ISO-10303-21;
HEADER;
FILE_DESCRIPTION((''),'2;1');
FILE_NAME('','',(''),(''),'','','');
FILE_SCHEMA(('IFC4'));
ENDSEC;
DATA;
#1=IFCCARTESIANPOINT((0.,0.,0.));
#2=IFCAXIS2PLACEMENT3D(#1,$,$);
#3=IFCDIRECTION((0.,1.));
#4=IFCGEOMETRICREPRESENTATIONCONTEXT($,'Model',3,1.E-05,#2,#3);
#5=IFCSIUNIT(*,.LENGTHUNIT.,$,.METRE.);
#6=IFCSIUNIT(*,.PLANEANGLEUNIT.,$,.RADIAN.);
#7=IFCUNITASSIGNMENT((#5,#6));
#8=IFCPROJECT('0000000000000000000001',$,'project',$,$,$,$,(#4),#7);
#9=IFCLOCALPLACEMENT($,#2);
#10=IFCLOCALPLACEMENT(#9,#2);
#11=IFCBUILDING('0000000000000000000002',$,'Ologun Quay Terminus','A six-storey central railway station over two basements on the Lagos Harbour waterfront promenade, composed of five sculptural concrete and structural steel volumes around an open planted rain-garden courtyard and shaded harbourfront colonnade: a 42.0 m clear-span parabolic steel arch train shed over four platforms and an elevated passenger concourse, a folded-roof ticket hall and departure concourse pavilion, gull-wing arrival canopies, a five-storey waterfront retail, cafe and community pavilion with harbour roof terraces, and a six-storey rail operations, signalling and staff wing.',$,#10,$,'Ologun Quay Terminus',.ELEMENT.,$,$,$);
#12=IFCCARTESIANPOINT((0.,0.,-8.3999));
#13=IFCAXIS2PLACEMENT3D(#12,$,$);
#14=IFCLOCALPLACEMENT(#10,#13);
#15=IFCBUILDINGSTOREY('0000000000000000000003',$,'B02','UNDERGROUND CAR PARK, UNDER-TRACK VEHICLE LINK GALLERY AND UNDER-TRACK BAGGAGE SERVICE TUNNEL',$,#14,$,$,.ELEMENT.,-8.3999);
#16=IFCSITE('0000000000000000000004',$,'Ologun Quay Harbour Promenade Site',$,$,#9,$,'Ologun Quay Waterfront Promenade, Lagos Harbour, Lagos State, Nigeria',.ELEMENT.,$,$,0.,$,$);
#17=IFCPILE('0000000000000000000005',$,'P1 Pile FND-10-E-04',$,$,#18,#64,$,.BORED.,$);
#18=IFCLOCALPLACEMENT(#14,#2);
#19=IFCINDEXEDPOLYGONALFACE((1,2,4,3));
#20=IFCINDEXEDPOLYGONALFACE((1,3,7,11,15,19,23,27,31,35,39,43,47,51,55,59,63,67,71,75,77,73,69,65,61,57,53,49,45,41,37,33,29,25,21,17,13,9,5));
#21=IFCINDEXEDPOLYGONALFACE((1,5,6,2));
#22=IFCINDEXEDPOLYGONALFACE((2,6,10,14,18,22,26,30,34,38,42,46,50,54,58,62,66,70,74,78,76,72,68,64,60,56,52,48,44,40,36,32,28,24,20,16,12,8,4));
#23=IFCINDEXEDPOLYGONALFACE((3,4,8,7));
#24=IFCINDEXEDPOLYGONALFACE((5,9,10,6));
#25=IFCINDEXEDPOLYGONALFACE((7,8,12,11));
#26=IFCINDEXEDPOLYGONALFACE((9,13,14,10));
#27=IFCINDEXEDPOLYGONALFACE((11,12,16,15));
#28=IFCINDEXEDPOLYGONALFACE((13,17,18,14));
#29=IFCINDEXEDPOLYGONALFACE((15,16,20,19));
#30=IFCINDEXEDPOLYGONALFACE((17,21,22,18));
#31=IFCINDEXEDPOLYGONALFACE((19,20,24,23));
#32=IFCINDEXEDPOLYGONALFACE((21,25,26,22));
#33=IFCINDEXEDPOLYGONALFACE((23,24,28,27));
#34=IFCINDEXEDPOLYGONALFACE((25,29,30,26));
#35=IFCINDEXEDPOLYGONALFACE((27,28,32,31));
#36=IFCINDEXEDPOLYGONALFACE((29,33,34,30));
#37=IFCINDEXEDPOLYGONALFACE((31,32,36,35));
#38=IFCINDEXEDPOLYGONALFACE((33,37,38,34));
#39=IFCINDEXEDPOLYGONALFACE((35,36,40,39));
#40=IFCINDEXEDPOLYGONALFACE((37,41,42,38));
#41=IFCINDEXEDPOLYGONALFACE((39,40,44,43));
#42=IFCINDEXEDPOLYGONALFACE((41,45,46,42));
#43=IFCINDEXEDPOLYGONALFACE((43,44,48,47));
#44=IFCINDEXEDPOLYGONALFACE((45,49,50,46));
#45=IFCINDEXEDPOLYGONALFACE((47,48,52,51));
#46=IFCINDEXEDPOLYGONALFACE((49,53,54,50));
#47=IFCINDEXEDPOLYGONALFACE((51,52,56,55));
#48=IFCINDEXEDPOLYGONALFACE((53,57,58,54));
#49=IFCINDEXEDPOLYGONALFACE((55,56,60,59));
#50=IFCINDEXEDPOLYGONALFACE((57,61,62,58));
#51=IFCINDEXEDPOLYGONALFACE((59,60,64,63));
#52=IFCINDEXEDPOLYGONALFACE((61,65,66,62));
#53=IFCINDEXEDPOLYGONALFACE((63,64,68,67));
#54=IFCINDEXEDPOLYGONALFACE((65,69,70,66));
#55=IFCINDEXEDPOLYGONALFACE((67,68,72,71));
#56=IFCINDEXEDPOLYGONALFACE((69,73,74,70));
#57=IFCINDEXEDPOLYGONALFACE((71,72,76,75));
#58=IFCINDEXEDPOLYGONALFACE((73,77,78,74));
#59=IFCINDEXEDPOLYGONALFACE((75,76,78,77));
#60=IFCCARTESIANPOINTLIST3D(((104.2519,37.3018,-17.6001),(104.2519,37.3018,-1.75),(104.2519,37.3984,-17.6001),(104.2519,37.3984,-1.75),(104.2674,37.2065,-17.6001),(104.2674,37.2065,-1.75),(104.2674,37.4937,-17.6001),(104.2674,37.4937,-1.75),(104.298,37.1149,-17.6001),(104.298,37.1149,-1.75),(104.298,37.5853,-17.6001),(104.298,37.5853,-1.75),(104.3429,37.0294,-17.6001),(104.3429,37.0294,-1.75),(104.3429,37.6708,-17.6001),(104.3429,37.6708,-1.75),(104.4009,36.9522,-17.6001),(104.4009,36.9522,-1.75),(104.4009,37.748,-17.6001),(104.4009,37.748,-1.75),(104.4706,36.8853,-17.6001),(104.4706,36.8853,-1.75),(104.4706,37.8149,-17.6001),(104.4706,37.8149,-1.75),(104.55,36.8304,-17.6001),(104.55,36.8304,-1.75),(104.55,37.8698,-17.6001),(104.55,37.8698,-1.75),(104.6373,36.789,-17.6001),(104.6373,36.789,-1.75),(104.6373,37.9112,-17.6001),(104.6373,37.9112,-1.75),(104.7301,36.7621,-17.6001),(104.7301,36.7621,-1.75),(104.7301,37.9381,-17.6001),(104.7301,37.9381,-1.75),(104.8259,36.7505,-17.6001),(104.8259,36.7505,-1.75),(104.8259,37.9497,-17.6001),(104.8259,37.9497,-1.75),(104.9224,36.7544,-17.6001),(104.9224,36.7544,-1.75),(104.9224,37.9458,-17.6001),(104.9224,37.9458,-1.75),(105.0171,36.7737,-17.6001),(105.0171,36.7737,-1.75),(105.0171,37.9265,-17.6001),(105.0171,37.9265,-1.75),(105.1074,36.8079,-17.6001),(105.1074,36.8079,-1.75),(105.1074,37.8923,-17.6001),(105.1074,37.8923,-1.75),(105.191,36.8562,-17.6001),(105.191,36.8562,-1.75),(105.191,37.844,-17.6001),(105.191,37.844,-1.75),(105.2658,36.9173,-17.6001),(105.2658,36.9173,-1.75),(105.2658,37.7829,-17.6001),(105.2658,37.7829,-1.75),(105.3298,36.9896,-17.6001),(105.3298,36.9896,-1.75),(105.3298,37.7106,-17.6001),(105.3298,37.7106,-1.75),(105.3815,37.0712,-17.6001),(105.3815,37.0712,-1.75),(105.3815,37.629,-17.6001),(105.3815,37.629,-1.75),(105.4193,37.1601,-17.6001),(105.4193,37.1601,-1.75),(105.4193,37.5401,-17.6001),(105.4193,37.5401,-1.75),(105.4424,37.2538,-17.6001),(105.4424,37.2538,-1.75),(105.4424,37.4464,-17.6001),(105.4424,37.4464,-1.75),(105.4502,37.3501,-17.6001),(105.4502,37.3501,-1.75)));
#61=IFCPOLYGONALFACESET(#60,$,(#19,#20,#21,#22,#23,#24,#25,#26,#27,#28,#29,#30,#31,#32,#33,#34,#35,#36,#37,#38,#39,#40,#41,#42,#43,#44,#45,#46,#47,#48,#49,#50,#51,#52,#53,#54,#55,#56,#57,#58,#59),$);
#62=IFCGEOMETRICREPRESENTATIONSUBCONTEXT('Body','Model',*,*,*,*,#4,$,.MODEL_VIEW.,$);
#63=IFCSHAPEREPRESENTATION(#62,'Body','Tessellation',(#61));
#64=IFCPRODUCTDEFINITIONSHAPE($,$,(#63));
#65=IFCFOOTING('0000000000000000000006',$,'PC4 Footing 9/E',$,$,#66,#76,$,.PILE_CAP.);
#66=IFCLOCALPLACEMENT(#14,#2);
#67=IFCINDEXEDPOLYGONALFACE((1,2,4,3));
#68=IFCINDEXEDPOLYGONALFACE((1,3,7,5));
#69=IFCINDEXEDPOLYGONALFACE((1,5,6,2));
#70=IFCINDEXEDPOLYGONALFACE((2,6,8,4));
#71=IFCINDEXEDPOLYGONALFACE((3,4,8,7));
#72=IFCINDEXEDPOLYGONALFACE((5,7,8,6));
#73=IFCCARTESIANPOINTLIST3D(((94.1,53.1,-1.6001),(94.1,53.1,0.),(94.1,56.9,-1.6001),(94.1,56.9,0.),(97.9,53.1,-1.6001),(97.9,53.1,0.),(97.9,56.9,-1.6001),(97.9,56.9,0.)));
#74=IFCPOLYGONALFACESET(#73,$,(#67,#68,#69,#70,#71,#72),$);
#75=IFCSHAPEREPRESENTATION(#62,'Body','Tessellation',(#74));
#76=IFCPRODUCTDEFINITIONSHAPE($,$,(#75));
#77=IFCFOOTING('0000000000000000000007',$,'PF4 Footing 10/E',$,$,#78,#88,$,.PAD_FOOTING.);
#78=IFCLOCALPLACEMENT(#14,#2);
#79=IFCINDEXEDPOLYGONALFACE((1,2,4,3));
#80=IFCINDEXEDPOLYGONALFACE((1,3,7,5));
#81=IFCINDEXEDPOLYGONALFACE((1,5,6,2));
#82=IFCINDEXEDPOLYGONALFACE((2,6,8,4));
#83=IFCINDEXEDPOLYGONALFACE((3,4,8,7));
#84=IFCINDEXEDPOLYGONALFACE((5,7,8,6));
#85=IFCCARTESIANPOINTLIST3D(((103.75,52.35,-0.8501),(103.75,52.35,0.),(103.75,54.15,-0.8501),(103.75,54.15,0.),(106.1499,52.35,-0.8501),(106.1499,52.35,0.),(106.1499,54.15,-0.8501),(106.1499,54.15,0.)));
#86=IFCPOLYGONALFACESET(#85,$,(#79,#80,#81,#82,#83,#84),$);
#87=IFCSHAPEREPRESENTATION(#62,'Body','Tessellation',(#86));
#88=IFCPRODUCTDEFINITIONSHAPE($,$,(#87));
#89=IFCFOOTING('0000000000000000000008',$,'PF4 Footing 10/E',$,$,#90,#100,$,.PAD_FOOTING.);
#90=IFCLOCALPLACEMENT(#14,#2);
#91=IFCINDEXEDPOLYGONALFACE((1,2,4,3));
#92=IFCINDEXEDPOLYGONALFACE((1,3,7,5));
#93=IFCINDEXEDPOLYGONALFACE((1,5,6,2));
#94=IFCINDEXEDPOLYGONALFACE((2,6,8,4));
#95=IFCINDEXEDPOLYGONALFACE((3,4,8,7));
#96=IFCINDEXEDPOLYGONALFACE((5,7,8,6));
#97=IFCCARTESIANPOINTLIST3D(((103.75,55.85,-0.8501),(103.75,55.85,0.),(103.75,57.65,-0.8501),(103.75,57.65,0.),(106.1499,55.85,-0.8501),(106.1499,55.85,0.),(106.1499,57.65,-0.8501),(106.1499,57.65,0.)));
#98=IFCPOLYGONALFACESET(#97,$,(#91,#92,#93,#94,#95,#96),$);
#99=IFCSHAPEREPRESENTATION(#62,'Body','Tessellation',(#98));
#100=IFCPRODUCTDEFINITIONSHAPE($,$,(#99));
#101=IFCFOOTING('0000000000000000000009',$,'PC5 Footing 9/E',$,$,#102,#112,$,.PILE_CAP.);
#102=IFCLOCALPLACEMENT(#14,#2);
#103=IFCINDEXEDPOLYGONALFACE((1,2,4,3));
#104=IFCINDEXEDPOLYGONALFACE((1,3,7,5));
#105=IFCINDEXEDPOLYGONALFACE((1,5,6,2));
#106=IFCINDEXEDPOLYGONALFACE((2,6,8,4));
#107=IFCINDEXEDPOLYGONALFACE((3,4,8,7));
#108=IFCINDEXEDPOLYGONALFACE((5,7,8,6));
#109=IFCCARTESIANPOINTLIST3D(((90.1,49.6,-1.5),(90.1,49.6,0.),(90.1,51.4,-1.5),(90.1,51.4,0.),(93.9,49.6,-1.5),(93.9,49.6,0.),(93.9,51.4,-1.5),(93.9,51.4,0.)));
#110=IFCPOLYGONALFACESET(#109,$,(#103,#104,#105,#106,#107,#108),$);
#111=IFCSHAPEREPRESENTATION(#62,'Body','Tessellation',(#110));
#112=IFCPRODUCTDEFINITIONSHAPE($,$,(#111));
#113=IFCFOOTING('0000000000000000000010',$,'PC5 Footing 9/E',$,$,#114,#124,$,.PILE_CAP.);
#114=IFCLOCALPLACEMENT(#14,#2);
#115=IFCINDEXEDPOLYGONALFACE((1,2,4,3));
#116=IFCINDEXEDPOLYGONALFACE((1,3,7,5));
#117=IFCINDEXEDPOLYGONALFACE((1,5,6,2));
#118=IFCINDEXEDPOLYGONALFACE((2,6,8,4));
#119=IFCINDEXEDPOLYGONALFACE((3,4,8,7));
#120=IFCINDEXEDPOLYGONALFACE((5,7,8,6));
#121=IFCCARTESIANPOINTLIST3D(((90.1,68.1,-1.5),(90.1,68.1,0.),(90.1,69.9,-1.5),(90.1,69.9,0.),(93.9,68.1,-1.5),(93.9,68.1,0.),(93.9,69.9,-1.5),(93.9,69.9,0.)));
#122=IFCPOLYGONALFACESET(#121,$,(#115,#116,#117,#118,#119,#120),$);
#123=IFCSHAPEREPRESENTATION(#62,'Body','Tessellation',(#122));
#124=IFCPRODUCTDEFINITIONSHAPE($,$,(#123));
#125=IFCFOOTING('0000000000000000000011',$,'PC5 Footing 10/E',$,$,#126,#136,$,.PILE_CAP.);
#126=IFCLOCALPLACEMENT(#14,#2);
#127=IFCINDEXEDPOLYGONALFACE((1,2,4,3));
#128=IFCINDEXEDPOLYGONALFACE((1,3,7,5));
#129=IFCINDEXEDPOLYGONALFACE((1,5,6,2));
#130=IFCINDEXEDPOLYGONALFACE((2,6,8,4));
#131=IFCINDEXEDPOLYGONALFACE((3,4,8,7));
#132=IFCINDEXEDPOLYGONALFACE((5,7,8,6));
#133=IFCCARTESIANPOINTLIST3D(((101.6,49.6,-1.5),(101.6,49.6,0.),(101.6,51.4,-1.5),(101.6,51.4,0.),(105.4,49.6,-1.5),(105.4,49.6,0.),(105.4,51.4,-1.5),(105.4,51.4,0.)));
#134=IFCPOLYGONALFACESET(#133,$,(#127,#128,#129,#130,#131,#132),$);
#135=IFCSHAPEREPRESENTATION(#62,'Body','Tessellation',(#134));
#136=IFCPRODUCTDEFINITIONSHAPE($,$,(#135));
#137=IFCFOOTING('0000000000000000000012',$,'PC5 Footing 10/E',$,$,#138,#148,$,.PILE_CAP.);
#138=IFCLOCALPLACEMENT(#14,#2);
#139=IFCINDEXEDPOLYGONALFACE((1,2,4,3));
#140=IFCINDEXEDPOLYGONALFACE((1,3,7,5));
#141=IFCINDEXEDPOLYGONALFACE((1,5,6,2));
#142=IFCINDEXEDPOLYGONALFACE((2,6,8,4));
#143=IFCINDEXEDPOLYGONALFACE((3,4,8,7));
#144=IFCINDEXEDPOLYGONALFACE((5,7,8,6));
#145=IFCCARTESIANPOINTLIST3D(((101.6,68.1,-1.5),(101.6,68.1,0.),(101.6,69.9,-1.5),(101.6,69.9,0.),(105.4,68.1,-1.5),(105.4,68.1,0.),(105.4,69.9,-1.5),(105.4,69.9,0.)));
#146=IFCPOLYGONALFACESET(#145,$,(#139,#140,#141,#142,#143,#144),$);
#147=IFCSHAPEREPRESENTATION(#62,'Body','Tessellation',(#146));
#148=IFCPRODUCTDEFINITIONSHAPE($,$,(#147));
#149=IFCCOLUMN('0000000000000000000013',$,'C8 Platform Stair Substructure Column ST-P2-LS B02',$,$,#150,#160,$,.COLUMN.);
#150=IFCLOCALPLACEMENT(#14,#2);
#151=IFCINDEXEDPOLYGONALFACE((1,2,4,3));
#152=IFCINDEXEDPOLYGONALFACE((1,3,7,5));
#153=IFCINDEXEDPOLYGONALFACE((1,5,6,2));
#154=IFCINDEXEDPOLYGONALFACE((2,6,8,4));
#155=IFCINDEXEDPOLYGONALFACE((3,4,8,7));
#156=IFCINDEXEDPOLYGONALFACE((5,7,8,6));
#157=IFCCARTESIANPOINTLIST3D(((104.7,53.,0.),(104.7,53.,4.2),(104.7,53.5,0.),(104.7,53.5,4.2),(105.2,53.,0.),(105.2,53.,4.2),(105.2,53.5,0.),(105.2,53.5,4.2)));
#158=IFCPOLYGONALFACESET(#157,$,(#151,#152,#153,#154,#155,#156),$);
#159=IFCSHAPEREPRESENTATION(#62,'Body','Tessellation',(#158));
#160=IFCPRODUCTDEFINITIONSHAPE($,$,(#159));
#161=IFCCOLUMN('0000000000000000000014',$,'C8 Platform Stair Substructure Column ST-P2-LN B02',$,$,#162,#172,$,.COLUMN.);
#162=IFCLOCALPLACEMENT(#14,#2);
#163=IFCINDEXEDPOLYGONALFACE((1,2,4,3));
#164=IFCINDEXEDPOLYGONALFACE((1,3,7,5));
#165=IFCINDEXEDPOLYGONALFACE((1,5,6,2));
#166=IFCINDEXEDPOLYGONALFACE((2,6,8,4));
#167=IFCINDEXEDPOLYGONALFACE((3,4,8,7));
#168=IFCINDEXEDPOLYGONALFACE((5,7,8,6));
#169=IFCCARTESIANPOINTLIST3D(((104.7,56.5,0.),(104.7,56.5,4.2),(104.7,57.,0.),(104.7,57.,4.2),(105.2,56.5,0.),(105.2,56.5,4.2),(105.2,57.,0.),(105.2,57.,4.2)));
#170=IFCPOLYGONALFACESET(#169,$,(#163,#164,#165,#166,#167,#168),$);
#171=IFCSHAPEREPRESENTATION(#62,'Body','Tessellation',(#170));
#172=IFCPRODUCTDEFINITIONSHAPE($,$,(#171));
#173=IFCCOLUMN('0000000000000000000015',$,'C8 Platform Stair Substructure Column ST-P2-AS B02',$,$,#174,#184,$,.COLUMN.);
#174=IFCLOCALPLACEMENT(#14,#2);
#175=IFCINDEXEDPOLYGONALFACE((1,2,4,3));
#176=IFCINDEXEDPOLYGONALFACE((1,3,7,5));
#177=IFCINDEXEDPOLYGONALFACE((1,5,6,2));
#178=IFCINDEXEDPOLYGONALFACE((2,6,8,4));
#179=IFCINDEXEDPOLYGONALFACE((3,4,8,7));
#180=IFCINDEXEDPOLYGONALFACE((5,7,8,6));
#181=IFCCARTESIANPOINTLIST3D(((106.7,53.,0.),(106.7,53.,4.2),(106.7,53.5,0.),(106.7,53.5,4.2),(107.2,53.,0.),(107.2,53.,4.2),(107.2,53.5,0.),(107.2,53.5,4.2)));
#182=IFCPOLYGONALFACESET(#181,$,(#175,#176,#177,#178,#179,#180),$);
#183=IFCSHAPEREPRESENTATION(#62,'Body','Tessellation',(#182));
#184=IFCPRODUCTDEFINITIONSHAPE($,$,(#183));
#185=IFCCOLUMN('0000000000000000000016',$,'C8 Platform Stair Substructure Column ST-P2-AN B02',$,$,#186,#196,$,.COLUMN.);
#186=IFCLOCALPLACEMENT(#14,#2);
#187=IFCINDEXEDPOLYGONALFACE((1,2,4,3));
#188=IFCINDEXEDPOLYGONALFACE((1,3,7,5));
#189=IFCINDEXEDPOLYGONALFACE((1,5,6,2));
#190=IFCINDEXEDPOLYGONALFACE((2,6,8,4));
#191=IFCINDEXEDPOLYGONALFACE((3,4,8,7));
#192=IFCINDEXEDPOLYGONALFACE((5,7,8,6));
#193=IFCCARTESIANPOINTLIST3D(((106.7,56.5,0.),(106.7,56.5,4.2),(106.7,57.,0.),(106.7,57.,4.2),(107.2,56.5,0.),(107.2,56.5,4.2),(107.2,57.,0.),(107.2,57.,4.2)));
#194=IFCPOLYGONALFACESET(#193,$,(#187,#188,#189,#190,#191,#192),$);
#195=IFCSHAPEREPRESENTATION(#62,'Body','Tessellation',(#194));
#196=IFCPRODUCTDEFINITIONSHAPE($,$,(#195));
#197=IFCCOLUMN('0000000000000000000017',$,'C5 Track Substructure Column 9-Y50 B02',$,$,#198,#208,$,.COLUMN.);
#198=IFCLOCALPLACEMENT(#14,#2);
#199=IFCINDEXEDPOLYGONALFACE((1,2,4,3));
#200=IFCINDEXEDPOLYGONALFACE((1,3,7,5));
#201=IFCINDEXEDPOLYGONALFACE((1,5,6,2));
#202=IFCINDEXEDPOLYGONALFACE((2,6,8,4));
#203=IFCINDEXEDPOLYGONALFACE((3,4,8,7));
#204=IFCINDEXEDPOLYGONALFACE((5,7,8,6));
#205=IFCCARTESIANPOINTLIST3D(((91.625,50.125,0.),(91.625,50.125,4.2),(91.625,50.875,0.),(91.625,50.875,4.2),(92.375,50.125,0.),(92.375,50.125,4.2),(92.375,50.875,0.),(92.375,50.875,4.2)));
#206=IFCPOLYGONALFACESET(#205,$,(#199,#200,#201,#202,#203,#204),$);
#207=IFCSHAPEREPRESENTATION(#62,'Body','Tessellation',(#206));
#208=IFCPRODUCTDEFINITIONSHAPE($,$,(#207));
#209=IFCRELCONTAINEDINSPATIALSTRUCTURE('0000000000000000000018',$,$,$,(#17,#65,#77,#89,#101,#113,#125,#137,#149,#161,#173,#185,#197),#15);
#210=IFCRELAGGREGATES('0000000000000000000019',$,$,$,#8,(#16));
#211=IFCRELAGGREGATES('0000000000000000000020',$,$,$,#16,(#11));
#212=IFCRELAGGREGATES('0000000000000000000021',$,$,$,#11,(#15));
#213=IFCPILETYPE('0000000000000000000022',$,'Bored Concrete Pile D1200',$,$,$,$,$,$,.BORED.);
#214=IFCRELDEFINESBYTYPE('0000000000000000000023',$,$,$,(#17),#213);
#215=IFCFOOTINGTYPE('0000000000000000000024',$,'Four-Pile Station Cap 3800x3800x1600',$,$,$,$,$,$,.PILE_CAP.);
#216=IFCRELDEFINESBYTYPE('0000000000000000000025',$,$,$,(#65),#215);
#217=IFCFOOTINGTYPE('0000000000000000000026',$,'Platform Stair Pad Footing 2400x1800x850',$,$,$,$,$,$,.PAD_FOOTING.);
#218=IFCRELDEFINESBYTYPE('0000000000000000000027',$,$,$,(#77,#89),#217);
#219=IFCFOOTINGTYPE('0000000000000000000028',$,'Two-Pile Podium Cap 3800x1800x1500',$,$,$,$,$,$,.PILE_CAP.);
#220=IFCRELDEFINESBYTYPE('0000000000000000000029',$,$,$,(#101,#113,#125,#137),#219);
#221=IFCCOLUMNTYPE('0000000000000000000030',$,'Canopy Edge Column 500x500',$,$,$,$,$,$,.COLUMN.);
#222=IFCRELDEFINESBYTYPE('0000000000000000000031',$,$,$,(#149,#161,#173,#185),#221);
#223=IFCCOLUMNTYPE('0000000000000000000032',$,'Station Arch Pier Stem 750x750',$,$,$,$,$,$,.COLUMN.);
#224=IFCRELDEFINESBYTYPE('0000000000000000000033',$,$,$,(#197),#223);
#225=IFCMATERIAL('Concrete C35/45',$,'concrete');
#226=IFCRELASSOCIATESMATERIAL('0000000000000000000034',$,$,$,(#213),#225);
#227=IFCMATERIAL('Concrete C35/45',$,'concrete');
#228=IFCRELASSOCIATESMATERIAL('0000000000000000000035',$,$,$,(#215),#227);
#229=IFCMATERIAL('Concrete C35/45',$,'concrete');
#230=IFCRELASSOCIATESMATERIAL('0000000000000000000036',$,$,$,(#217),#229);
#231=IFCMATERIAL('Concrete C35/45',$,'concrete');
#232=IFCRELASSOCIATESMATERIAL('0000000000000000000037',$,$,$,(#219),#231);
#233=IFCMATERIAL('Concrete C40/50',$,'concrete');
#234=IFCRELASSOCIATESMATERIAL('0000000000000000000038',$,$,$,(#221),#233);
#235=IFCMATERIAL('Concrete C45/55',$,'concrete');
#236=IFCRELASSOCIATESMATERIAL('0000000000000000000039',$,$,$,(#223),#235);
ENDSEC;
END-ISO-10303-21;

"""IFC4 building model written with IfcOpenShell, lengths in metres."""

from ifc_helpers import new_model, si_unit, direction, frame, origin, origin_2d, place, context, subcontext, project, spatial, rectangle, circle, extrude, material, material_profile, profile_set, type_object, element, save


model = new_model("IFC4")

# Units and contexts
model_context = context("Model", 3, precision=1e-05, world=origin(), true_north=direction((0.0, 1.0)))
body_context = subcontext(model_context, "Body", "Model", "MODEL_VIEW")
ifc_project = project(units=[si_unit("LENGTHUNIT", "METRE"), si_unit("PLANEANGLEUNIT", "RADIAN")], contexts=[model_context])

# Site, building, storey
site_placement = place(None, origin())
site = spatial("IfcSite", under=ifc_project, at=site_placement, Name="Ologun Quay Harbour Promenade Site", LongName="Ologun Quay Waterfront Promenade, Lagos Harbour, Lagos State, Nigeria", CompositionType="ELEMENT", RefElevation=0.0)
building_placement = place(site_placement, origin())
building = spatial("IfcBuilding", under=site, at=building_placement, Name="Ologun Quay Terminus", Description="A six-storey central railway station over two basements on the Lagos Harbour waterfront promenade, composed of five sculptural concrete and structural steel volumes around an open planted rain-garden courtyard and shaded harbourfront colonnade: a 42.0 m clear-span parabolic steel arch train shed over four platforms and an elevated passenger concourse, a folded-roof ticket hall and departure concourse pavilion, gull-wing arrival canopies, a five-storey waterfront retail, cafe and community pavilion with harbour roof terraces, and a six-storey rail operations, signalling and staff wing.", LongName="Ologun Quay Terminus", CompositionType="ELEMENT")
storey_placement = place(building_placement, frame((0.0, 0.0, -8.3999)))
storey = spatial("IfcBuildingStorey", under=building, at=storey_placement, Name="B02", Description="UNDERGROUND CAR PARK, UNDER-TRACK VEHICLE LINK GALLERY AND UNDER-TRACK BAGGAGE SERVICE TUNNEL", CompositionType="ELEMENT", Elevation=-8.3999)

# Pile
ifc_material_1 = material(Name="Concrete C35/45", Category="concrete")
ifc_material_profile_1 = material_profile(ifc_material_1, circle(Radius=0.6001, at=origin_2d()), Name="PILE D1200")
ifc_profile_set_1 = profile_set([ifc_material_profile_1], Name="Concrete C35/45")
pile_type_1 = type_object("IfcPileType", Name="Bored Concrete Pile D1200", PredefinedType="BORED", material=ifc_profile_set_1)
pile_placement = place(storey_placement, frame((104.8501, 37.3501, -1.75), z_axis=(0.0, 0.0, -1.0), x_axis=(1.0, 0.0, 0.0)))
element("IfcPile", 1, at=pile_placement, inside=storey, type_object=pile_type_1, Name="P1 Pile FND-10-E-04", PredefinedType="BORED", context=body_context, shape_type="SweptSolid", body=[
    extrude(circle(Radius=0.6001, at=origin_2d()), origin(), (0.0, 0.0, 1.0), 15.8501),
])

# Footings
ifc_material_2 = material(Name="Concrete C35/45", Category="concrete")
footing_type_1 = type_object("IfcFootingType", Name="Four-Pile Station Cap 3800x3800x1600", PredefinedType="PILE_CAP", material=ifc_material_2)
footing_placement = place(storey_placement, frame((96.0, 55.0, -1.6001), z_axis=(0.0, 0.0, 1.0), x_axis=(1.0, 0.0, 0.0)))
element("IfcFooting", 2, at=footing_placement, inside=storey, type_object=footing_type_1, Name="PC4 Footing 9/E", PredefinedType="PILE_CAP", context=body_context, shape_type="SweptSolid", body=[
    extrude(rectangle(XDim=3.8, YDim=3.8, at=origin_2d()), origin(), (0.0, 0.0, 1.0), 1.6001),
])
ifc_material_3 = material(Name="Concrete C35/45", Category="concrete")
footing_type_2 = type_object("IfcFootingType", Name="Platform Stair Pad Footing 2400x1800x850", PredefinedType="PAD_FOOTING", material=ifc_material_3)
for number, where, z_axis, x_axis, name in (
    (3, (104.95, 53.25, -0.8501), (0.0, 0.0, 1.0), (1.0, 0.0, 0.0), "PF4 Footing 10/E"),
    (4, (104.95, 56.75, -0.8501), (0.0, 0.0, 1.0), (1.0, 0.0, 0.0), "PF4 Footing 10/E"),
):
    element("IfcFooting", number, at=place(storey_placement, frame(where, z_axis=z_axis, x_axis=x_axis)), inside=storey, type_object=footing_type_2, Name=name, PredefinedType="PAD_FOOTING", context=body_context, shape_type="SweptSolid", body=[
        extrude(rectangle(XDim=2.3999, YDim=1.8, at=origin_2d()), origin(), (0.0, 0.0, 1.0), 0.8501),
    ])
ifc_material_4 = material(Name="Concrete C35/45", Category="concrete")
footing_type_3 = type_object("IfcFootingType", Name="Two-Pile Podium Cap 3800x1800x1500", PredefinedType="PILE_CAP", material=ifc_material_4)
for number, where, z_axis, x_axis, name in (
    (5, (92.0, 50.5, -1.5), (0.0, 0.0, 1.0), (1.0, 0.0, 0.0), "PC5 Footing 9/E"),
    (6, (92.0, 69.0, -1.5), (0.0, 0.0, 1.0), (1.0, 0.0, 0.0), "PC5 Footing 9/E"),
    (7, (103.5, 50.5, -1.5), (0.0, 0.0, 1.0), (1.0, 0.0, 0.0), "PC5 Footing 10/E"),
    (8, (103.5, 69.0, -1.5), (0.0, 0.0, 1.0), (1.0, 0.0, 0.0), "PC5 Footing 10/E"),
):
    element("IfcFooting", number, at=place(storey_placement, frame(where, z_axis=z_axis, x_axis=x_axis)), inside=storey, type_object=footing_type_3, Name=name, PredefinedType="PILE_CAP", context=body_context, shape_type="SweptSolid", body=[
        extrude(rectangle(XDim=3.8, YDim=1.8, at=origin_2d()), origin(), (0.0, 0.0, 1.0), 1.5),
    ])

# Columns
ifc_material_5 = material(Name="Concrete C40/50", Category="concrete")
ifc_material_profile_2 = material_profile(ifc_material_5, rectangle(XDim=0.5, YDim=0.5, at=origin_2d()), Name="RC 500x500")
ifc_profile_set_2 = profile_set([ifc_material_profile_2], Name="Concrete C40/50")
column_type_1 = type_object("IfcColumnType", Name="Canopy Edge Column 500x500", PredefinedType="COLUMN", material=ifc_profile_set_2)
for number, where, z_axis, x_axis, name in (
    (9, (104.95, 53.25, 0.0), (0.0, 0.0, 1.0), (1.0, 0.0, 0.0), "C8 Platform Stair Substructure Column ST-P2-LS B02"),
    (10, (104.95, 56.75, 0.0), (0.0, 0.0, 1.0), (1.0, 0.0, 0.0), "C8 Platform Stair Substructure Column ST-P2-LN B02"),
    (11, (106.95, 53.25, 0.0), (0.0, 0.0, 1.0), (1.0, 0.0, 0.0), "C8 Platform Stair Substructure Column ST-P2-AS B02"),
    (12, (106.95, 56.75, 0.0), (0.0, 0.0, 1.0), (1.0, 0.0, 0.0), "C8 Platform Stair Substructure Column ST-P2-AN B02"),
):
    element("IfcColumn", number, at=place(storey_placement, frame(where, z_axis=z_axis, x_axis=x_axis)), inside=storey, type_object=column_type_1, Name=name, PredefinedType="COLUMN", context=body_context, shape_type="SweptSolid", body=[
        extrude(rectangle(XDim=0.5, YDim=0.5, at=origin_2d()), origin(), (0.0, 0.0, 1.0), 4.2),
    ])
ifc_material_6 = material(Name="Concrete C45/55", Category="concrete")
ifc_material_profile_3 = material_profile(ifc_material_6, rectangle(XDim=0.75, YDim=0.75, at=origin_2d()), Name="RC 750x750")
ifc_profile_set_3 = profile_set([ifc_material_profile_3], Name="Concrete C45/55")
column_type_2 = type_object("IfcColumnType", Name="Station Arch Pier Stem 750x750", PredefinedType="COLUMN", material=ifc_profile_set_3)
for number, where, z_axis, x_axis, name in (
    (13, (92.0, 50.5, 0.0), (0.0, 0.0, 1.0), (1.0, 0.0, 0.0), "C5 Track Substructure Column 9-Y50 B02"),
):
    element("IfcColumn", number, at=place(storey_placement, frame(where, z_axis=z_axis, x_axis=x_axis)), inside=storey, type_object=column_type_2, Name=name, PredefinedType="COLUMN", context=body_context, shape_type="SweptSolid", body=[
        extrude(rectangle(XDim=0.75, YDim=0.75, at=origin_2d()), origin(), (0.0, 0.0, 1.0), 4.2),
    ])

save(model, "model.ifc")
